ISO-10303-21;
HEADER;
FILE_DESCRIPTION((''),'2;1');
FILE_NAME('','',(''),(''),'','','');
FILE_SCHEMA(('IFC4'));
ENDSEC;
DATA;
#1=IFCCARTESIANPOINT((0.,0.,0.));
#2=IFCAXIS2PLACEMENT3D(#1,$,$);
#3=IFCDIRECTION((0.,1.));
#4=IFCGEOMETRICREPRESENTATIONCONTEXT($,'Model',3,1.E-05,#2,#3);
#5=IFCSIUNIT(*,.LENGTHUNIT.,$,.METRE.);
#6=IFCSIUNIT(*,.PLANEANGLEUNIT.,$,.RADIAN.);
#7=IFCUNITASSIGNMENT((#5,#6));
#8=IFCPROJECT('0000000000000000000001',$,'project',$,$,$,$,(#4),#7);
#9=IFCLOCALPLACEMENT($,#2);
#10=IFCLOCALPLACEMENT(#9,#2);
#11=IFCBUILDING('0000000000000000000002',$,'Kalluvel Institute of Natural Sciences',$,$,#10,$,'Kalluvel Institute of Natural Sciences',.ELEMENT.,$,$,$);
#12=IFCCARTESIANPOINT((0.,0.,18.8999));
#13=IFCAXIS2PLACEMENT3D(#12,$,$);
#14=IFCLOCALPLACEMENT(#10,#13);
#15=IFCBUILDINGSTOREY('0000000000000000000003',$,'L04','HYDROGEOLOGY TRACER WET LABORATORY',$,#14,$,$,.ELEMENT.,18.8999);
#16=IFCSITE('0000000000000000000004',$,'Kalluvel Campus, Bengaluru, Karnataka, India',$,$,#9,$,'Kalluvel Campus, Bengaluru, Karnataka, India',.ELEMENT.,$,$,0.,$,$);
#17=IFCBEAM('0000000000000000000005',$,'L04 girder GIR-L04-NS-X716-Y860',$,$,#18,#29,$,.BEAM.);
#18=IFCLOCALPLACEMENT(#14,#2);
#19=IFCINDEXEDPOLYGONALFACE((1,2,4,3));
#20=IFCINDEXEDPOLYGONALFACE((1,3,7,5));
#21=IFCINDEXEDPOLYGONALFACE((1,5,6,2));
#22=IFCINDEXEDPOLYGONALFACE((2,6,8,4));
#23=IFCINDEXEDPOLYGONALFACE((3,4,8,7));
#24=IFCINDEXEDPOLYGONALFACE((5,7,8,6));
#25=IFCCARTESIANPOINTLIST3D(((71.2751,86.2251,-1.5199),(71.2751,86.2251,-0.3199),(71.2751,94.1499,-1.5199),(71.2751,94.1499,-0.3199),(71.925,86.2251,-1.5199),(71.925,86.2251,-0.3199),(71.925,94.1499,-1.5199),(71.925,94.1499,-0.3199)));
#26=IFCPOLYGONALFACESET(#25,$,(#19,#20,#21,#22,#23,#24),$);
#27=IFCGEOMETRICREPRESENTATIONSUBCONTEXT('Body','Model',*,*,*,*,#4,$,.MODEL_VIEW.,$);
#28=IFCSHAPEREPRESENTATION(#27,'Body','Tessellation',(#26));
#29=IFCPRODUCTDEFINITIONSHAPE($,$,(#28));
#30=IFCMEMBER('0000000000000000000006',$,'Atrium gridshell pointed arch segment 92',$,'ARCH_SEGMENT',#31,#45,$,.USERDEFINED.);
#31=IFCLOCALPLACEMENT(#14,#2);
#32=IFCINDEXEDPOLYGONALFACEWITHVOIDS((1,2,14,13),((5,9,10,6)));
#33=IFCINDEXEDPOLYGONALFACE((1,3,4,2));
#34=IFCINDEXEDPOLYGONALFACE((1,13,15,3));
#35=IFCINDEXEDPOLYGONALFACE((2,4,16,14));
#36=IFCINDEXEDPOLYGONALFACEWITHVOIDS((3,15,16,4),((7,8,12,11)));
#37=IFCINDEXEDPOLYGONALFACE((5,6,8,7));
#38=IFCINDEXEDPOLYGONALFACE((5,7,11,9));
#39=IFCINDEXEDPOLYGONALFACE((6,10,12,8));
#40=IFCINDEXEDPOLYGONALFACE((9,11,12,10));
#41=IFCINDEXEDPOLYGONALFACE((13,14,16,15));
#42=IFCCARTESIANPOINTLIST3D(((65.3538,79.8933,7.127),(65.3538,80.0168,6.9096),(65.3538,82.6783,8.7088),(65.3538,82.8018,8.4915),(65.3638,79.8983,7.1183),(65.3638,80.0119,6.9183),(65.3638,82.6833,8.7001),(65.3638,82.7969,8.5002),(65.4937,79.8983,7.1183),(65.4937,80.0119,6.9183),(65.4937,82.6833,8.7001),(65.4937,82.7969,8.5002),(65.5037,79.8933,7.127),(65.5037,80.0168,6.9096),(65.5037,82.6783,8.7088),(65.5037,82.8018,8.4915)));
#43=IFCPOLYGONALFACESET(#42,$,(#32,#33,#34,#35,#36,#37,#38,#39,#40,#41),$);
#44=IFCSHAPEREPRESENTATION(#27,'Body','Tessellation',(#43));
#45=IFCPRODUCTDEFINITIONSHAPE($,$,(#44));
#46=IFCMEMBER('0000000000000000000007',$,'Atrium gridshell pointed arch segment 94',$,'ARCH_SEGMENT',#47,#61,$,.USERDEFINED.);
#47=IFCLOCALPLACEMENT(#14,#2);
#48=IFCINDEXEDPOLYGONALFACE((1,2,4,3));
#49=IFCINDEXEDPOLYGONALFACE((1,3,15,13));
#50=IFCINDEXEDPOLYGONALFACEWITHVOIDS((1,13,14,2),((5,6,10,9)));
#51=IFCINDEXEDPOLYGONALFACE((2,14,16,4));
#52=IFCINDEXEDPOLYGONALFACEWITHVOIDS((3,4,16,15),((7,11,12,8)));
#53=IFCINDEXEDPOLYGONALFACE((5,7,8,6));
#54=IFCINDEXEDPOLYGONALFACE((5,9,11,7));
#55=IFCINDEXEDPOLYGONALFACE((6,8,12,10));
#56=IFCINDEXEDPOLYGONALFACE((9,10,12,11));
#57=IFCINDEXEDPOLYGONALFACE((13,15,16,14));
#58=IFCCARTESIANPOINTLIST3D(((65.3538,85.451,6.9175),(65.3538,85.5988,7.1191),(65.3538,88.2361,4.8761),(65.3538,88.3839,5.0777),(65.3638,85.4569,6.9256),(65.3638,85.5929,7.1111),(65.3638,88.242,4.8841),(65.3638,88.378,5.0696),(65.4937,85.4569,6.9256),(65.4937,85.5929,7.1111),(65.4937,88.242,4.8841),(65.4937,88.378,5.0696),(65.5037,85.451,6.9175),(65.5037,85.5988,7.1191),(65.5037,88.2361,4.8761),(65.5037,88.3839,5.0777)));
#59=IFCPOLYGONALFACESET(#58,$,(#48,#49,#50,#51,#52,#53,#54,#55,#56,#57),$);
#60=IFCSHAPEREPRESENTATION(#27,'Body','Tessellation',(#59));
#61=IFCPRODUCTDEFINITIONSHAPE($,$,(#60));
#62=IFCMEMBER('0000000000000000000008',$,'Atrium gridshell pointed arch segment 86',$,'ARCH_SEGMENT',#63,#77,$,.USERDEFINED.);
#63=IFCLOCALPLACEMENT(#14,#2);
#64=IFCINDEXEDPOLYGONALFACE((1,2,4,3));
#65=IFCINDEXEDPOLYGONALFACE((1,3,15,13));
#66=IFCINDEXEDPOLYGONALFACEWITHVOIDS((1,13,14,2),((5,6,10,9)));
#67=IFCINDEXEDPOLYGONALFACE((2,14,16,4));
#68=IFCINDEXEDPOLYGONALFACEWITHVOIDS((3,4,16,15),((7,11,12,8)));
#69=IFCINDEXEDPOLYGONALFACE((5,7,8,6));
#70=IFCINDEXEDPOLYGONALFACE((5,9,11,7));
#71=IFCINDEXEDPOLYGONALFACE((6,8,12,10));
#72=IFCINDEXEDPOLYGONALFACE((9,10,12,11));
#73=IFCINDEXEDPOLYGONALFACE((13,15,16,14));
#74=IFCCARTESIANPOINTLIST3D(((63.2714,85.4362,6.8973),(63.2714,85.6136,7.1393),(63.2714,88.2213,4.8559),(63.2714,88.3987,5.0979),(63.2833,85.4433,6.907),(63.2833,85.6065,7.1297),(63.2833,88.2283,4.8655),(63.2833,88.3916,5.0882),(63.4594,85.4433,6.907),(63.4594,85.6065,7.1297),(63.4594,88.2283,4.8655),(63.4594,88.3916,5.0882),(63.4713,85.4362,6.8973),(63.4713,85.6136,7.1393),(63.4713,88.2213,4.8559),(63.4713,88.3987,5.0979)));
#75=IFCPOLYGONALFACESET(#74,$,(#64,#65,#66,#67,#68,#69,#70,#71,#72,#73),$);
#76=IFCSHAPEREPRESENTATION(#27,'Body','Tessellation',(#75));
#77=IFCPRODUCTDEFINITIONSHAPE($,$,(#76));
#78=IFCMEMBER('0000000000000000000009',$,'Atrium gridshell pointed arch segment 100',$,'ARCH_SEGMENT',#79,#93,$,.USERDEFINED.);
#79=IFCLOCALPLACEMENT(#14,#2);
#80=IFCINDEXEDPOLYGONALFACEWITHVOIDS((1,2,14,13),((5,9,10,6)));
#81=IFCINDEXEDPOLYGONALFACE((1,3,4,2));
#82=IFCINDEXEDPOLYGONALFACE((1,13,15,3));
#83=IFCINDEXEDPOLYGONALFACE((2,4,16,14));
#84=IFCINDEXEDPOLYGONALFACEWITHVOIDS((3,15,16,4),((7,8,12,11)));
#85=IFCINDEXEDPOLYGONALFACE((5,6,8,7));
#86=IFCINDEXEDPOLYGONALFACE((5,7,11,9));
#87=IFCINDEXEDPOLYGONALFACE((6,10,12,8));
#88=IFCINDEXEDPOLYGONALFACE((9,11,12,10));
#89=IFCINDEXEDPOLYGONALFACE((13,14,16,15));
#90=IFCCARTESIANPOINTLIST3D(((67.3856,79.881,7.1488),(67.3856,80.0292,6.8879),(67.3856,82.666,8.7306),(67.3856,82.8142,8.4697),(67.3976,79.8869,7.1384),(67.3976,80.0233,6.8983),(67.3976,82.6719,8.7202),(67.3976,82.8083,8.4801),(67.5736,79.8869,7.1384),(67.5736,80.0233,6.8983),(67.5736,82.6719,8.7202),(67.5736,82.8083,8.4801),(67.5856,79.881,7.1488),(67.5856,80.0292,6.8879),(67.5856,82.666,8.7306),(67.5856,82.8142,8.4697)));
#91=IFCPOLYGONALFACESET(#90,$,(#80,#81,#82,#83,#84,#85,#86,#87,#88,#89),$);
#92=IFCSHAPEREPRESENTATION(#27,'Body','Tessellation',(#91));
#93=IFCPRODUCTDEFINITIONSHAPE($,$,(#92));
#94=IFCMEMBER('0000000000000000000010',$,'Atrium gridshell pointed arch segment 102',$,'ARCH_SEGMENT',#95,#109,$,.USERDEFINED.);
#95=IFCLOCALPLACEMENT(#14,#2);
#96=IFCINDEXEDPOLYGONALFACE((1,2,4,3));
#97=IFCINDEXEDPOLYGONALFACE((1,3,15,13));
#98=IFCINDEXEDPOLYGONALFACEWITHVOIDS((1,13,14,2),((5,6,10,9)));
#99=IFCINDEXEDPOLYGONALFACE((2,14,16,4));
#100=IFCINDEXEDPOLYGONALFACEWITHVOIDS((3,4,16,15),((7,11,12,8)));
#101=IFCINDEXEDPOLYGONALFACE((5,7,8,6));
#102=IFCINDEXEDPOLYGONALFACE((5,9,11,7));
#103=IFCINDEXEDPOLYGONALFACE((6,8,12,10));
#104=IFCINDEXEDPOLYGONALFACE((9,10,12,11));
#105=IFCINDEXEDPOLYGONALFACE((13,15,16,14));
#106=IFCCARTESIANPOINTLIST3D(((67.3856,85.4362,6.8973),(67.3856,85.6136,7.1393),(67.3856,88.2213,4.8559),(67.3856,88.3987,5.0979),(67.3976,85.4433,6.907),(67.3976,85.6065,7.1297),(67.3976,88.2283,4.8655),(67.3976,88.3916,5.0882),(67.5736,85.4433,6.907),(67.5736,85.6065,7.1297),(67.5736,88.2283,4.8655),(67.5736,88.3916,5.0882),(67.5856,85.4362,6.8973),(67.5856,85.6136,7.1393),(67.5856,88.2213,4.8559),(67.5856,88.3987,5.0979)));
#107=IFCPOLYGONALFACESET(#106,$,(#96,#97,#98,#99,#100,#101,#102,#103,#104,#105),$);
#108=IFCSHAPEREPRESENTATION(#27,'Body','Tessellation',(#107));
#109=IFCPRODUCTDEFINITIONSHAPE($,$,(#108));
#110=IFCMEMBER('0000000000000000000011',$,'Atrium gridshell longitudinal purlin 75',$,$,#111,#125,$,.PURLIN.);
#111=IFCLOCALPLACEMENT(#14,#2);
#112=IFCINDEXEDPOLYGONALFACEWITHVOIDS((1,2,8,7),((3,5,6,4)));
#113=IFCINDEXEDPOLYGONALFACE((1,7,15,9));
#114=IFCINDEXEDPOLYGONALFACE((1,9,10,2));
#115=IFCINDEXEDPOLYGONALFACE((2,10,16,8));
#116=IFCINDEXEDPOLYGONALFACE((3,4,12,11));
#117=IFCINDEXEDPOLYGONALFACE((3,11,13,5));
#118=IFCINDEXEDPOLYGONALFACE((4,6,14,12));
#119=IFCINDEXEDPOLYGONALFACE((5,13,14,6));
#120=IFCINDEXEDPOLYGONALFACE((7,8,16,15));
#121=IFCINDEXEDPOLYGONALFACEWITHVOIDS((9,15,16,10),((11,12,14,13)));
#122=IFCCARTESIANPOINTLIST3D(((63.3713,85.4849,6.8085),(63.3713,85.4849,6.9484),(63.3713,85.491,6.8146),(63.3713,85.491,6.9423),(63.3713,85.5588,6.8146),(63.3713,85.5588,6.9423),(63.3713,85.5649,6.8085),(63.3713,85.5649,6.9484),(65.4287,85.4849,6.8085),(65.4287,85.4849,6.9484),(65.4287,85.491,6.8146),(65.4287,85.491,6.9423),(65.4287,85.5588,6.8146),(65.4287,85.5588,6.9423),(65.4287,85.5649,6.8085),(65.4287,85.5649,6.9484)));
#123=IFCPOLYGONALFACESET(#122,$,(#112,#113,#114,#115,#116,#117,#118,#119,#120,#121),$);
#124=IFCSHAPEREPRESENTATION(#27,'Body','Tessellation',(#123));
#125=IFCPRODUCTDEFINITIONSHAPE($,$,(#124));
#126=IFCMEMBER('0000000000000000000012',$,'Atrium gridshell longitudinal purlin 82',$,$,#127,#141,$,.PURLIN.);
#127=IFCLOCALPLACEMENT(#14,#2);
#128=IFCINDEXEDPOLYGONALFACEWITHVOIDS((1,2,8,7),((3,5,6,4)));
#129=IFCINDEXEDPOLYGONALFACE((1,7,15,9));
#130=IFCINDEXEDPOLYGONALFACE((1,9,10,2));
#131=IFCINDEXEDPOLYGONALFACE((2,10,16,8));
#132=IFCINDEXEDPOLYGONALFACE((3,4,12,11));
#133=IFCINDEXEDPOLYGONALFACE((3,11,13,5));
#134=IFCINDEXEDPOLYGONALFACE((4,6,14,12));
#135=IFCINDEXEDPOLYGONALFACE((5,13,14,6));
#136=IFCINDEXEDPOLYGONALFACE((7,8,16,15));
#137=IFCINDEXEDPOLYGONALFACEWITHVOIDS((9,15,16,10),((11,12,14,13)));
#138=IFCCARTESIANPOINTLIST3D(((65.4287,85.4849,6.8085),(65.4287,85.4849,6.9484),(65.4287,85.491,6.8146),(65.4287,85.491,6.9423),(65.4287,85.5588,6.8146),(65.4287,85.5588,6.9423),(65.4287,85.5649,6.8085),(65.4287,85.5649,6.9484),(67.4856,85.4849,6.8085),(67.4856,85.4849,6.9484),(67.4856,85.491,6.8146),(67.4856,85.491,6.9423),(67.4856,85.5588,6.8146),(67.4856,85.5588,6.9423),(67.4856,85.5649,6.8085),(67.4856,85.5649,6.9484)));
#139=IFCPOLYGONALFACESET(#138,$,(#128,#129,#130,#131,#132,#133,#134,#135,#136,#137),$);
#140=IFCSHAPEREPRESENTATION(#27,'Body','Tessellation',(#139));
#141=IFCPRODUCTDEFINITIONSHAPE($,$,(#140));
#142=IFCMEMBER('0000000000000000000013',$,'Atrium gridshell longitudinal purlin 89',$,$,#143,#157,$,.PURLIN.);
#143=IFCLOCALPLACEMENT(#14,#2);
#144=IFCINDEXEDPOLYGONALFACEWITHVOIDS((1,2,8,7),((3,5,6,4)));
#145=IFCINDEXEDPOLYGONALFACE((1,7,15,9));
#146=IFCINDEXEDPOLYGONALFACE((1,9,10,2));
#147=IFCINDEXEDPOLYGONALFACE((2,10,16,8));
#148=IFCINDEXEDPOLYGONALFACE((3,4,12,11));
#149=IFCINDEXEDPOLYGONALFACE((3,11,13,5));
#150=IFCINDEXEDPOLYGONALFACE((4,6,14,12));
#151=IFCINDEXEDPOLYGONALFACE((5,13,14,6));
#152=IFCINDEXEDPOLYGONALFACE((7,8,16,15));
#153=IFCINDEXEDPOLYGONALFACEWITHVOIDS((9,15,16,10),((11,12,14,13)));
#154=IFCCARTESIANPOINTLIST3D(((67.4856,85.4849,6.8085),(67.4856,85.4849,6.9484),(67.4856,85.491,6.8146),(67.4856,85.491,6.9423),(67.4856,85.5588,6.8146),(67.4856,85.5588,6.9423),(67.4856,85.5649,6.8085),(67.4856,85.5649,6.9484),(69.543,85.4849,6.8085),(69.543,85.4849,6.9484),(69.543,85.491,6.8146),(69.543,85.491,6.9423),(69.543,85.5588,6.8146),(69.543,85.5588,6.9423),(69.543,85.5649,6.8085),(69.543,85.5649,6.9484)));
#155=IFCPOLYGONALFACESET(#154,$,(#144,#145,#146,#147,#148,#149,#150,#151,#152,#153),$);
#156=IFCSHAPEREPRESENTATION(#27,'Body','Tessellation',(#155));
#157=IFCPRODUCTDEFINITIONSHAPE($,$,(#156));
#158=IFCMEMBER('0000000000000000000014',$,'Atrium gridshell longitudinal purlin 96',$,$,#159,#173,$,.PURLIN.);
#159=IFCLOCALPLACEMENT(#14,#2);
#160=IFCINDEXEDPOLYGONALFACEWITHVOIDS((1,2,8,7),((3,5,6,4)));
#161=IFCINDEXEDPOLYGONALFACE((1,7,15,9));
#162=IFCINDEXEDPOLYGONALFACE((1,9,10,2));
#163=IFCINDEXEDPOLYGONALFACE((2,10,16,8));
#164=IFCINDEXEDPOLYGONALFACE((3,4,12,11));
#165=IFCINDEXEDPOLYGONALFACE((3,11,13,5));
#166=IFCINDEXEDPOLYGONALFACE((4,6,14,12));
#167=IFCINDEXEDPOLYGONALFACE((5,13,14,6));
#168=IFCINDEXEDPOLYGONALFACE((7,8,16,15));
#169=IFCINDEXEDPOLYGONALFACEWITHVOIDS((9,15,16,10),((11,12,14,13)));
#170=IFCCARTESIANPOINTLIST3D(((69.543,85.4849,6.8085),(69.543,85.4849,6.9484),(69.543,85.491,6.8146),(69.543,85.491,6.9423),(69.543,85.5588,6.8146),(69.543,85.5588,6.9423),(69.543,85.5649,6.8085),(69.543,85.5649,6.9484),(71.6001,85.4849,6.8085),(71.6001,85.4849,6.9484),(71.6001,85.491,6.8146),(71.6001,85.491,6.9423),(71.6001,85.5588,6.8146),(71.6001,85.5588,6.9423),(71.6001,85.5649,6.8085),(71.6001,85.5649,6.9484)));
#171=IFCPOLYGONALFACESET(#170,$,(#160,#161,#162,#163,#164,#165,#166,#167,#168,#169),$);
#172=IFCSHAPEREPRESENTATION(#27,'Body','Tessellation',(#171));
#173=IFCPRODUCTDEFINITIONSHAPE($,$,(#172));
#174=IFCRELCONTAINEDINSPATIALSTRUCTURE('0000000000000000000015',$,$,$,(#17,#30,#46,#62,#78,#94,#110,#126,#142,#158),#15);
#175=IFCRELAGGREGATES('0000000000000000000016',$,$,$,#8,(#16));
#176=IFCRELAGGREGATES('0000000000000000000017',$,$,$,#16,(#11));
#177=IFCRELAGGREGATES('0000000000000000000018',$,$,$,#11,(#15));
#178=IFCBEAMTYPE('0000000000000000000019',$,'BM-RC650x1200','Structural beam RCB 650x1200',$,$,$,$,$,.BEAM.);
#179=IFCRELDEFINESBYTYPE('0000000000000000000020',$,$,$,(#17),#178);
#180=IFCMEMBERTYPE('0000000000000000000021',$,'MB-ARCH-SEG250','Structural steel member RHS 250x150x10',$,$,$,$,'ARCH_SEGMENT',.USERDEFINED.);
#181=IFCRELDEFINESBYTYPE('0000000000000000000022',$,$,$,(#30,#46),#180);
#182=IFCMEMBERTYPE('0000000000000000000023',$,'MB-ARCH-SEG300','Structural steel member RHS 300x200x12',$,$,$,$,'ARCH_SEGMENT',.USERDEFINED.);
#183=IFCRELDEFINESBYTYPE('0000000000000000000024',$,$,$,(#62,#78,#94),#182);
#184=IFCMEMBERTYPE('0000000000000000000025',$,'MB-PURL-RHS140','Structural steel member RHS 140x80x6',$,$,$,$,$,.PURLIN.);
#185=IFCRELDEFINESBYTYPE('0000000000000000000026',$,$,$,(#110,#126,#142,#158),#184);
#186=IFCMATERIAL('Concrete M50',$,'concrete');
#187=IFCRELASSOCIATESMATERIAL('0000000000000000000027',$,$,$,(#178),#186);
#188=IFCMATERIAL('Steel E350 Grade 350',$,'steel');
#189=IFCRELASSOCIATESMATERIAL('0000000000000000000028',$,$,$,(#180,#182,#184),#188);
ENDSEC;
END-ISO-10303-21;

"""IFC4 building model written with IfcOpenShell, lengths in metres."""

from ifc_helpers import new_model, si_unit, direction, frame, origin, origin_2d, place, context, subcontext, project, spatial, rectangle, hollow_rectangle, extrude, material, material_profile, profile_set, type_object, element, save


model = new_model("IFC4")

# Units and contexts
model_context = context("Model", 3, precision=1e-05, world=origin(), true_north=direction((0.0, 1.0)))
body_context = subcontext(model_context, "Body", "Model", "MODEL_VIEW")
ifc_project = project(units=[si_unit("LENGTHUNIT", "METRE"), si_unit("PLANEANGLEUNIT", "RADIAN")], contexts=[model_context])

# Site, building, storey
site_placement = place(None, origin())
site = spatial("IfcSite", under=ifc_project, at=site_placement, Name="Kalluvel Campus, Bengaluru, Karnataka, India", LongName="Kalluvel Campus, Bengaluru, Karnataka, India", CompositionType="ELEMENT", RefElevation=0.0)
building_placement = place(site_placement, origin())
building = spatial("IfcBuilding", under=site, at=building_placement, Name="Kalluvel Institute of Natural Sciences", LongName="Kalluvel Institute of Natural Sciences", CompositionType="ELEMENT")
storey_placement = place(building_placement, frame((0.0, 0.0, 18.8999)))
storey = spatial("IfcBuildingStorey", under=building, at=storey_placement, Name="L04", Description="HYDROGEOLOGY TRACER WET LABORATORY", CompositionType="ELEMENT", Elevation=18.8999)

# Beam
ifc_material_1 = material(Name="Concrete M50", Category="concrete")
ifc_material_profile_1 = material_profile(ifc_material_1, rectangle(XDim=0.6499, YDim=1.2, at=origin_2d()), Name="RCB 650x1200")
ifc_profile_set_1 = profile_set([ifc_material_profile_1], Name="Concrete M50")
beam_type = type_object("IfcBeamType", Name="BM-RC650x1200", Description="Structural beam RCB 650x1200", PredefinedType="BEAM", material=ifc_profile_set_1)
beam_placement = place(storey_placement, frame((71.6001, 86.2251, -0.9199), z_axis=(0.0, 1.0, 0.0), x_axis=(-1.0, 0.0, 0.0)))
element("IfcBeam", 1, at=beam_placement, inside=storey, type_object=beam_type, Name="L04 girder GIR-L04-NS-X716-Y860", PredefinedType="BEAM", context=body_context, shape_type="SweptSolid", body=[
    extrude(rectangle(XDim=0.6499, YDim=1.2, at=origin_2d()), origin(), (0.0, 0.0, 1.0), 7.9248),
])

# Members
ifc_material_2 = material(Name="Steel E350 Grade 350", Category="steel")
ifc_material_profile_2 = material_profile(ifc_material_2, hollow_rectangle(XDim=0.1499, YDim=0.25, WallThickness=0.01, at=origin_2d()), Name="RHS 250x150x10")
ifc_profile_set_2 = profile_set([ifc_material_profile_2], Name="Steel E350 Grade 350")
member_type_1 = type_object("IfcMemberType", Name="MB-ARCH-SEG250", Description="Structural steel member RHS 250x150x10", ElementType="ARCH_SEGMENT", PredefinedType="USERDEFINED", material=ifc_profile_set_2)
member_1_placement = place(storey_placement, frame((65.4287, 79.9551, 7.0183), z_axis=(0.0, 0.86953, 0.49388), x_axis=(-1.0, 0.0, 0.0)))
element("IfcMember", 2, at=member_1_placement, inside=storey, type_object=member_type_1, Name="Atrium gridshell pointed arch segment 92", ObjectType="ARCH_SEGMENT", PredefinedType="USERDEFINED", context=body_context, shape_type="SweptSolid", body=[
    extrude(hollow_rectangle(XDim=0.1499, YDim=0.25, WallThickness=0.01, at=origin_2d()), origin(), (0.0, 0.0, 1.0), 3.2029),
])
member_2_placement = place(storey_placement, frame((65.4287, 85.5249, 7.0183), z_axis=(0.0, 0.806535, -0.591186), x_axis=(-1.0, 0.0, 0.0)))
element("IfcMember", 3, at=member_2_placement, inside=storey, type_object=member_type_1, Name="Atrium gridshell pointed arch segment 94", ObjectType="ARCH_SEGMENT", PredefinedType="USERDEFINED", context=body_context, shape_type="SweptSolid", body=[
    extrude(hollow_rectangle(XDim=0.1499, YDim=0.25, WallThickness=0.01, at=origin_2d()), origin(), (0.0, 0.0, 1.0), 3.4531),
])
ifc_material_profile_3 = material_profile(ifc_material_2, hollow_rectangle(XDim=0.2, YDim=0.3, WallThickness=0.012, at=origin_2d()), Name="RHS 300x200x12")
ifc_profile_set_3 = profile_set([ifc_material_profile_3], Name="Steel E350 Grade 350")
member_type_2 = type_object("IfcMemberType", Name="MB-ARCH-SEG300", Description="Structural steel member RHS 300x200x12", ElementType="ARCH_SEGMENT", PredefinedType="USERDEFINED", material=ifc_profile_set_3)
member_3_placement = place(storey_placement, frame((63.3713, 85.5249, 7.0183), z_axis=(0.0, 0.806535, -0.591186), x_axis=(-1.0, 0.0, 0.0)))
element("IfcMember", 4, at=member_3_placement, inside=storey, type_object=member_type_2, Name="Atrium gridshell pointed arch segment 86", ObjectType="ARCH_SEGMENT", PredefinedType="USERDEFINED", context=body_context, shape_type="SweptSolid", body=[
    extrude(hollow_rectangle(XDim=0.2, YDim=0.3, WallThickness=0.012, at=origin_2d()), origin(), (0.0, 0.0, 1.0), 3.4531),
])
member_4_placement = place(storey_placement, frame((67.4856, 79.9551, 7.0183), z_axis=(0.0, 0.86953, 0.49388), x_axis=(-1.0, 0.0, 0.0)))
element("IfcMember", 5, at=member_4_placement, inside=storey, type_object=member_type_2, Name="Atrium gridshell pointed arch segment 100", ObjectType="ARCH_SEGMENT", PredefinedType="USERDEFINED", context=body_context, shape_type="SweptSolid", body=[
    extrude(hollow_rectangle(XDim=0.2, YDim=0.3, WallThickness=0.012, at=origin_2d()), origin(), (0.0, 0.0, 1.0), 3.2029),
])
member_5_placement = place(storey_placement, frame((67.4856, 85.5249, 7.0183), z_axis=(0.0, 0.806535, -0.591186), x_axis=(-1.0, 0.0, 0.0)))
element("IfcMember", 6, at=member_5_placement, inside=storey, type_object=member_type_2, Name="Atrium gridshell pointed arch segment 102", ObjectType="ARCH_SEGMENT", PredefinedType="USERDEFINED", context=body_context, shape_type="SweptSolid", body=[
    extrude(hollow_rectangle(XDim=0.2, YDim=0.3, WallThickness=0.012, at=origin_2d()), origin(), (0.0, 0.0, 1.0), 3.4531),
])
ifc_material_profile_4 = material_profile(ifc_material_2, hollow_rectangle(XDim=0.0801, YDim=0.1399, WallThickness=0.0061, at=origin_2d()), Name="RHS 140x80x6")
ifc_profile_set_4 = profile_set([ifc_material_profile_4], Name="Steel E350 Grade 350")
member_type_3 = type_object("IfcMemberType", Name="MB-PURL-RHS140", Description="Structural steel member RHS 140x80x6", PredefinedType="PURLIN", material=ifc_profile_set_4)
member_6_placement = place(storey_placement, frame((63.3713, 85.5249, 6.8784), z_axis=(1.0, 0.0, 0.0), x_axis=(0.0, 1.0, 0.0)))
element("IfcMember", 7, at=member_6_placement, inside=storey, type_object=member_type_3, Name="Atrium gridshell longitudinal purlin 75", PredefinedType="PURLIN", context=body_context, shape_type="SweptSolid", body=[
    extrude(hollow_rectangle(XDim=0.0801, YDim=0.1399, WallThickness=0.0061, at=origin_2d()), origin(), (0.0, 0.0, 1.0), 2.0574),
])
member_7_placement = place(storey_placement, frame((65.4287, 85.5249, 6.8784), z_axis=(1.0, 0.0, 0.0), x_axis=(0.0, 1.0, 0.0)))
element("IfcMember", 8, at=member_7_placement, inside=storey, type_object=member_type_3, Name="Atrium gridshell longitudinal purlin 82", PredefinedType="PURLIN", context=body_context, shape_type="SweptSolid", body=[
    extrude(hollow_rectangle(XDim=0.0801, YDim=0.1399, WallThickness=0.0061, at=origin_2d()), origin(), (0.0, 0.0, 1.0), 2.0569),
])
member_8_placement = place(storey_placement, frame((67.4856, 85.5249, 6.8784), z_axis=(1.0, 0.0, 0.0), x_axis=(0.0, 1.0, 0.0)))
element("IfcMember", 9, at=member_8_placement, inside=storey, type_object=member_type_3, Name="Atrium gridshell longitudinal purlin 89", PredefinedType="PURLIN", context=body_context, shape_type="SweptSolid", body=[
    extrude(hollow_rectangle(XDim=0.0801, YDim=0.1399, WallThickness=0.0061, at=origin_2d()), origin(), (0.0, 0.0, 1.0), 2.0574),
])
member_9_placement = place(storey_placement, frame((69.543, 85.5249, 6.8784), z_axis=(1.0, 0.0, 0.0), x_axis=(0.0, 1.0, 0.0)))
element("IfcMember", 10, at=member_9_placement, inside=storey, type_object=member_type_3, Name="Atrium gridshell longitudinal purlin 96", PredefinedType="PURLIN", context=body_context, shape_type="SweptSolid", body=[
    extrude(hollow_rectangle(XDim=0.0801, YDim=0.1399, WallThickness=0.0061, at=origin_2d()), origin(), (0.0, 0.0, 1.0), 2.0571),
])

save(model, "model.ifc")
